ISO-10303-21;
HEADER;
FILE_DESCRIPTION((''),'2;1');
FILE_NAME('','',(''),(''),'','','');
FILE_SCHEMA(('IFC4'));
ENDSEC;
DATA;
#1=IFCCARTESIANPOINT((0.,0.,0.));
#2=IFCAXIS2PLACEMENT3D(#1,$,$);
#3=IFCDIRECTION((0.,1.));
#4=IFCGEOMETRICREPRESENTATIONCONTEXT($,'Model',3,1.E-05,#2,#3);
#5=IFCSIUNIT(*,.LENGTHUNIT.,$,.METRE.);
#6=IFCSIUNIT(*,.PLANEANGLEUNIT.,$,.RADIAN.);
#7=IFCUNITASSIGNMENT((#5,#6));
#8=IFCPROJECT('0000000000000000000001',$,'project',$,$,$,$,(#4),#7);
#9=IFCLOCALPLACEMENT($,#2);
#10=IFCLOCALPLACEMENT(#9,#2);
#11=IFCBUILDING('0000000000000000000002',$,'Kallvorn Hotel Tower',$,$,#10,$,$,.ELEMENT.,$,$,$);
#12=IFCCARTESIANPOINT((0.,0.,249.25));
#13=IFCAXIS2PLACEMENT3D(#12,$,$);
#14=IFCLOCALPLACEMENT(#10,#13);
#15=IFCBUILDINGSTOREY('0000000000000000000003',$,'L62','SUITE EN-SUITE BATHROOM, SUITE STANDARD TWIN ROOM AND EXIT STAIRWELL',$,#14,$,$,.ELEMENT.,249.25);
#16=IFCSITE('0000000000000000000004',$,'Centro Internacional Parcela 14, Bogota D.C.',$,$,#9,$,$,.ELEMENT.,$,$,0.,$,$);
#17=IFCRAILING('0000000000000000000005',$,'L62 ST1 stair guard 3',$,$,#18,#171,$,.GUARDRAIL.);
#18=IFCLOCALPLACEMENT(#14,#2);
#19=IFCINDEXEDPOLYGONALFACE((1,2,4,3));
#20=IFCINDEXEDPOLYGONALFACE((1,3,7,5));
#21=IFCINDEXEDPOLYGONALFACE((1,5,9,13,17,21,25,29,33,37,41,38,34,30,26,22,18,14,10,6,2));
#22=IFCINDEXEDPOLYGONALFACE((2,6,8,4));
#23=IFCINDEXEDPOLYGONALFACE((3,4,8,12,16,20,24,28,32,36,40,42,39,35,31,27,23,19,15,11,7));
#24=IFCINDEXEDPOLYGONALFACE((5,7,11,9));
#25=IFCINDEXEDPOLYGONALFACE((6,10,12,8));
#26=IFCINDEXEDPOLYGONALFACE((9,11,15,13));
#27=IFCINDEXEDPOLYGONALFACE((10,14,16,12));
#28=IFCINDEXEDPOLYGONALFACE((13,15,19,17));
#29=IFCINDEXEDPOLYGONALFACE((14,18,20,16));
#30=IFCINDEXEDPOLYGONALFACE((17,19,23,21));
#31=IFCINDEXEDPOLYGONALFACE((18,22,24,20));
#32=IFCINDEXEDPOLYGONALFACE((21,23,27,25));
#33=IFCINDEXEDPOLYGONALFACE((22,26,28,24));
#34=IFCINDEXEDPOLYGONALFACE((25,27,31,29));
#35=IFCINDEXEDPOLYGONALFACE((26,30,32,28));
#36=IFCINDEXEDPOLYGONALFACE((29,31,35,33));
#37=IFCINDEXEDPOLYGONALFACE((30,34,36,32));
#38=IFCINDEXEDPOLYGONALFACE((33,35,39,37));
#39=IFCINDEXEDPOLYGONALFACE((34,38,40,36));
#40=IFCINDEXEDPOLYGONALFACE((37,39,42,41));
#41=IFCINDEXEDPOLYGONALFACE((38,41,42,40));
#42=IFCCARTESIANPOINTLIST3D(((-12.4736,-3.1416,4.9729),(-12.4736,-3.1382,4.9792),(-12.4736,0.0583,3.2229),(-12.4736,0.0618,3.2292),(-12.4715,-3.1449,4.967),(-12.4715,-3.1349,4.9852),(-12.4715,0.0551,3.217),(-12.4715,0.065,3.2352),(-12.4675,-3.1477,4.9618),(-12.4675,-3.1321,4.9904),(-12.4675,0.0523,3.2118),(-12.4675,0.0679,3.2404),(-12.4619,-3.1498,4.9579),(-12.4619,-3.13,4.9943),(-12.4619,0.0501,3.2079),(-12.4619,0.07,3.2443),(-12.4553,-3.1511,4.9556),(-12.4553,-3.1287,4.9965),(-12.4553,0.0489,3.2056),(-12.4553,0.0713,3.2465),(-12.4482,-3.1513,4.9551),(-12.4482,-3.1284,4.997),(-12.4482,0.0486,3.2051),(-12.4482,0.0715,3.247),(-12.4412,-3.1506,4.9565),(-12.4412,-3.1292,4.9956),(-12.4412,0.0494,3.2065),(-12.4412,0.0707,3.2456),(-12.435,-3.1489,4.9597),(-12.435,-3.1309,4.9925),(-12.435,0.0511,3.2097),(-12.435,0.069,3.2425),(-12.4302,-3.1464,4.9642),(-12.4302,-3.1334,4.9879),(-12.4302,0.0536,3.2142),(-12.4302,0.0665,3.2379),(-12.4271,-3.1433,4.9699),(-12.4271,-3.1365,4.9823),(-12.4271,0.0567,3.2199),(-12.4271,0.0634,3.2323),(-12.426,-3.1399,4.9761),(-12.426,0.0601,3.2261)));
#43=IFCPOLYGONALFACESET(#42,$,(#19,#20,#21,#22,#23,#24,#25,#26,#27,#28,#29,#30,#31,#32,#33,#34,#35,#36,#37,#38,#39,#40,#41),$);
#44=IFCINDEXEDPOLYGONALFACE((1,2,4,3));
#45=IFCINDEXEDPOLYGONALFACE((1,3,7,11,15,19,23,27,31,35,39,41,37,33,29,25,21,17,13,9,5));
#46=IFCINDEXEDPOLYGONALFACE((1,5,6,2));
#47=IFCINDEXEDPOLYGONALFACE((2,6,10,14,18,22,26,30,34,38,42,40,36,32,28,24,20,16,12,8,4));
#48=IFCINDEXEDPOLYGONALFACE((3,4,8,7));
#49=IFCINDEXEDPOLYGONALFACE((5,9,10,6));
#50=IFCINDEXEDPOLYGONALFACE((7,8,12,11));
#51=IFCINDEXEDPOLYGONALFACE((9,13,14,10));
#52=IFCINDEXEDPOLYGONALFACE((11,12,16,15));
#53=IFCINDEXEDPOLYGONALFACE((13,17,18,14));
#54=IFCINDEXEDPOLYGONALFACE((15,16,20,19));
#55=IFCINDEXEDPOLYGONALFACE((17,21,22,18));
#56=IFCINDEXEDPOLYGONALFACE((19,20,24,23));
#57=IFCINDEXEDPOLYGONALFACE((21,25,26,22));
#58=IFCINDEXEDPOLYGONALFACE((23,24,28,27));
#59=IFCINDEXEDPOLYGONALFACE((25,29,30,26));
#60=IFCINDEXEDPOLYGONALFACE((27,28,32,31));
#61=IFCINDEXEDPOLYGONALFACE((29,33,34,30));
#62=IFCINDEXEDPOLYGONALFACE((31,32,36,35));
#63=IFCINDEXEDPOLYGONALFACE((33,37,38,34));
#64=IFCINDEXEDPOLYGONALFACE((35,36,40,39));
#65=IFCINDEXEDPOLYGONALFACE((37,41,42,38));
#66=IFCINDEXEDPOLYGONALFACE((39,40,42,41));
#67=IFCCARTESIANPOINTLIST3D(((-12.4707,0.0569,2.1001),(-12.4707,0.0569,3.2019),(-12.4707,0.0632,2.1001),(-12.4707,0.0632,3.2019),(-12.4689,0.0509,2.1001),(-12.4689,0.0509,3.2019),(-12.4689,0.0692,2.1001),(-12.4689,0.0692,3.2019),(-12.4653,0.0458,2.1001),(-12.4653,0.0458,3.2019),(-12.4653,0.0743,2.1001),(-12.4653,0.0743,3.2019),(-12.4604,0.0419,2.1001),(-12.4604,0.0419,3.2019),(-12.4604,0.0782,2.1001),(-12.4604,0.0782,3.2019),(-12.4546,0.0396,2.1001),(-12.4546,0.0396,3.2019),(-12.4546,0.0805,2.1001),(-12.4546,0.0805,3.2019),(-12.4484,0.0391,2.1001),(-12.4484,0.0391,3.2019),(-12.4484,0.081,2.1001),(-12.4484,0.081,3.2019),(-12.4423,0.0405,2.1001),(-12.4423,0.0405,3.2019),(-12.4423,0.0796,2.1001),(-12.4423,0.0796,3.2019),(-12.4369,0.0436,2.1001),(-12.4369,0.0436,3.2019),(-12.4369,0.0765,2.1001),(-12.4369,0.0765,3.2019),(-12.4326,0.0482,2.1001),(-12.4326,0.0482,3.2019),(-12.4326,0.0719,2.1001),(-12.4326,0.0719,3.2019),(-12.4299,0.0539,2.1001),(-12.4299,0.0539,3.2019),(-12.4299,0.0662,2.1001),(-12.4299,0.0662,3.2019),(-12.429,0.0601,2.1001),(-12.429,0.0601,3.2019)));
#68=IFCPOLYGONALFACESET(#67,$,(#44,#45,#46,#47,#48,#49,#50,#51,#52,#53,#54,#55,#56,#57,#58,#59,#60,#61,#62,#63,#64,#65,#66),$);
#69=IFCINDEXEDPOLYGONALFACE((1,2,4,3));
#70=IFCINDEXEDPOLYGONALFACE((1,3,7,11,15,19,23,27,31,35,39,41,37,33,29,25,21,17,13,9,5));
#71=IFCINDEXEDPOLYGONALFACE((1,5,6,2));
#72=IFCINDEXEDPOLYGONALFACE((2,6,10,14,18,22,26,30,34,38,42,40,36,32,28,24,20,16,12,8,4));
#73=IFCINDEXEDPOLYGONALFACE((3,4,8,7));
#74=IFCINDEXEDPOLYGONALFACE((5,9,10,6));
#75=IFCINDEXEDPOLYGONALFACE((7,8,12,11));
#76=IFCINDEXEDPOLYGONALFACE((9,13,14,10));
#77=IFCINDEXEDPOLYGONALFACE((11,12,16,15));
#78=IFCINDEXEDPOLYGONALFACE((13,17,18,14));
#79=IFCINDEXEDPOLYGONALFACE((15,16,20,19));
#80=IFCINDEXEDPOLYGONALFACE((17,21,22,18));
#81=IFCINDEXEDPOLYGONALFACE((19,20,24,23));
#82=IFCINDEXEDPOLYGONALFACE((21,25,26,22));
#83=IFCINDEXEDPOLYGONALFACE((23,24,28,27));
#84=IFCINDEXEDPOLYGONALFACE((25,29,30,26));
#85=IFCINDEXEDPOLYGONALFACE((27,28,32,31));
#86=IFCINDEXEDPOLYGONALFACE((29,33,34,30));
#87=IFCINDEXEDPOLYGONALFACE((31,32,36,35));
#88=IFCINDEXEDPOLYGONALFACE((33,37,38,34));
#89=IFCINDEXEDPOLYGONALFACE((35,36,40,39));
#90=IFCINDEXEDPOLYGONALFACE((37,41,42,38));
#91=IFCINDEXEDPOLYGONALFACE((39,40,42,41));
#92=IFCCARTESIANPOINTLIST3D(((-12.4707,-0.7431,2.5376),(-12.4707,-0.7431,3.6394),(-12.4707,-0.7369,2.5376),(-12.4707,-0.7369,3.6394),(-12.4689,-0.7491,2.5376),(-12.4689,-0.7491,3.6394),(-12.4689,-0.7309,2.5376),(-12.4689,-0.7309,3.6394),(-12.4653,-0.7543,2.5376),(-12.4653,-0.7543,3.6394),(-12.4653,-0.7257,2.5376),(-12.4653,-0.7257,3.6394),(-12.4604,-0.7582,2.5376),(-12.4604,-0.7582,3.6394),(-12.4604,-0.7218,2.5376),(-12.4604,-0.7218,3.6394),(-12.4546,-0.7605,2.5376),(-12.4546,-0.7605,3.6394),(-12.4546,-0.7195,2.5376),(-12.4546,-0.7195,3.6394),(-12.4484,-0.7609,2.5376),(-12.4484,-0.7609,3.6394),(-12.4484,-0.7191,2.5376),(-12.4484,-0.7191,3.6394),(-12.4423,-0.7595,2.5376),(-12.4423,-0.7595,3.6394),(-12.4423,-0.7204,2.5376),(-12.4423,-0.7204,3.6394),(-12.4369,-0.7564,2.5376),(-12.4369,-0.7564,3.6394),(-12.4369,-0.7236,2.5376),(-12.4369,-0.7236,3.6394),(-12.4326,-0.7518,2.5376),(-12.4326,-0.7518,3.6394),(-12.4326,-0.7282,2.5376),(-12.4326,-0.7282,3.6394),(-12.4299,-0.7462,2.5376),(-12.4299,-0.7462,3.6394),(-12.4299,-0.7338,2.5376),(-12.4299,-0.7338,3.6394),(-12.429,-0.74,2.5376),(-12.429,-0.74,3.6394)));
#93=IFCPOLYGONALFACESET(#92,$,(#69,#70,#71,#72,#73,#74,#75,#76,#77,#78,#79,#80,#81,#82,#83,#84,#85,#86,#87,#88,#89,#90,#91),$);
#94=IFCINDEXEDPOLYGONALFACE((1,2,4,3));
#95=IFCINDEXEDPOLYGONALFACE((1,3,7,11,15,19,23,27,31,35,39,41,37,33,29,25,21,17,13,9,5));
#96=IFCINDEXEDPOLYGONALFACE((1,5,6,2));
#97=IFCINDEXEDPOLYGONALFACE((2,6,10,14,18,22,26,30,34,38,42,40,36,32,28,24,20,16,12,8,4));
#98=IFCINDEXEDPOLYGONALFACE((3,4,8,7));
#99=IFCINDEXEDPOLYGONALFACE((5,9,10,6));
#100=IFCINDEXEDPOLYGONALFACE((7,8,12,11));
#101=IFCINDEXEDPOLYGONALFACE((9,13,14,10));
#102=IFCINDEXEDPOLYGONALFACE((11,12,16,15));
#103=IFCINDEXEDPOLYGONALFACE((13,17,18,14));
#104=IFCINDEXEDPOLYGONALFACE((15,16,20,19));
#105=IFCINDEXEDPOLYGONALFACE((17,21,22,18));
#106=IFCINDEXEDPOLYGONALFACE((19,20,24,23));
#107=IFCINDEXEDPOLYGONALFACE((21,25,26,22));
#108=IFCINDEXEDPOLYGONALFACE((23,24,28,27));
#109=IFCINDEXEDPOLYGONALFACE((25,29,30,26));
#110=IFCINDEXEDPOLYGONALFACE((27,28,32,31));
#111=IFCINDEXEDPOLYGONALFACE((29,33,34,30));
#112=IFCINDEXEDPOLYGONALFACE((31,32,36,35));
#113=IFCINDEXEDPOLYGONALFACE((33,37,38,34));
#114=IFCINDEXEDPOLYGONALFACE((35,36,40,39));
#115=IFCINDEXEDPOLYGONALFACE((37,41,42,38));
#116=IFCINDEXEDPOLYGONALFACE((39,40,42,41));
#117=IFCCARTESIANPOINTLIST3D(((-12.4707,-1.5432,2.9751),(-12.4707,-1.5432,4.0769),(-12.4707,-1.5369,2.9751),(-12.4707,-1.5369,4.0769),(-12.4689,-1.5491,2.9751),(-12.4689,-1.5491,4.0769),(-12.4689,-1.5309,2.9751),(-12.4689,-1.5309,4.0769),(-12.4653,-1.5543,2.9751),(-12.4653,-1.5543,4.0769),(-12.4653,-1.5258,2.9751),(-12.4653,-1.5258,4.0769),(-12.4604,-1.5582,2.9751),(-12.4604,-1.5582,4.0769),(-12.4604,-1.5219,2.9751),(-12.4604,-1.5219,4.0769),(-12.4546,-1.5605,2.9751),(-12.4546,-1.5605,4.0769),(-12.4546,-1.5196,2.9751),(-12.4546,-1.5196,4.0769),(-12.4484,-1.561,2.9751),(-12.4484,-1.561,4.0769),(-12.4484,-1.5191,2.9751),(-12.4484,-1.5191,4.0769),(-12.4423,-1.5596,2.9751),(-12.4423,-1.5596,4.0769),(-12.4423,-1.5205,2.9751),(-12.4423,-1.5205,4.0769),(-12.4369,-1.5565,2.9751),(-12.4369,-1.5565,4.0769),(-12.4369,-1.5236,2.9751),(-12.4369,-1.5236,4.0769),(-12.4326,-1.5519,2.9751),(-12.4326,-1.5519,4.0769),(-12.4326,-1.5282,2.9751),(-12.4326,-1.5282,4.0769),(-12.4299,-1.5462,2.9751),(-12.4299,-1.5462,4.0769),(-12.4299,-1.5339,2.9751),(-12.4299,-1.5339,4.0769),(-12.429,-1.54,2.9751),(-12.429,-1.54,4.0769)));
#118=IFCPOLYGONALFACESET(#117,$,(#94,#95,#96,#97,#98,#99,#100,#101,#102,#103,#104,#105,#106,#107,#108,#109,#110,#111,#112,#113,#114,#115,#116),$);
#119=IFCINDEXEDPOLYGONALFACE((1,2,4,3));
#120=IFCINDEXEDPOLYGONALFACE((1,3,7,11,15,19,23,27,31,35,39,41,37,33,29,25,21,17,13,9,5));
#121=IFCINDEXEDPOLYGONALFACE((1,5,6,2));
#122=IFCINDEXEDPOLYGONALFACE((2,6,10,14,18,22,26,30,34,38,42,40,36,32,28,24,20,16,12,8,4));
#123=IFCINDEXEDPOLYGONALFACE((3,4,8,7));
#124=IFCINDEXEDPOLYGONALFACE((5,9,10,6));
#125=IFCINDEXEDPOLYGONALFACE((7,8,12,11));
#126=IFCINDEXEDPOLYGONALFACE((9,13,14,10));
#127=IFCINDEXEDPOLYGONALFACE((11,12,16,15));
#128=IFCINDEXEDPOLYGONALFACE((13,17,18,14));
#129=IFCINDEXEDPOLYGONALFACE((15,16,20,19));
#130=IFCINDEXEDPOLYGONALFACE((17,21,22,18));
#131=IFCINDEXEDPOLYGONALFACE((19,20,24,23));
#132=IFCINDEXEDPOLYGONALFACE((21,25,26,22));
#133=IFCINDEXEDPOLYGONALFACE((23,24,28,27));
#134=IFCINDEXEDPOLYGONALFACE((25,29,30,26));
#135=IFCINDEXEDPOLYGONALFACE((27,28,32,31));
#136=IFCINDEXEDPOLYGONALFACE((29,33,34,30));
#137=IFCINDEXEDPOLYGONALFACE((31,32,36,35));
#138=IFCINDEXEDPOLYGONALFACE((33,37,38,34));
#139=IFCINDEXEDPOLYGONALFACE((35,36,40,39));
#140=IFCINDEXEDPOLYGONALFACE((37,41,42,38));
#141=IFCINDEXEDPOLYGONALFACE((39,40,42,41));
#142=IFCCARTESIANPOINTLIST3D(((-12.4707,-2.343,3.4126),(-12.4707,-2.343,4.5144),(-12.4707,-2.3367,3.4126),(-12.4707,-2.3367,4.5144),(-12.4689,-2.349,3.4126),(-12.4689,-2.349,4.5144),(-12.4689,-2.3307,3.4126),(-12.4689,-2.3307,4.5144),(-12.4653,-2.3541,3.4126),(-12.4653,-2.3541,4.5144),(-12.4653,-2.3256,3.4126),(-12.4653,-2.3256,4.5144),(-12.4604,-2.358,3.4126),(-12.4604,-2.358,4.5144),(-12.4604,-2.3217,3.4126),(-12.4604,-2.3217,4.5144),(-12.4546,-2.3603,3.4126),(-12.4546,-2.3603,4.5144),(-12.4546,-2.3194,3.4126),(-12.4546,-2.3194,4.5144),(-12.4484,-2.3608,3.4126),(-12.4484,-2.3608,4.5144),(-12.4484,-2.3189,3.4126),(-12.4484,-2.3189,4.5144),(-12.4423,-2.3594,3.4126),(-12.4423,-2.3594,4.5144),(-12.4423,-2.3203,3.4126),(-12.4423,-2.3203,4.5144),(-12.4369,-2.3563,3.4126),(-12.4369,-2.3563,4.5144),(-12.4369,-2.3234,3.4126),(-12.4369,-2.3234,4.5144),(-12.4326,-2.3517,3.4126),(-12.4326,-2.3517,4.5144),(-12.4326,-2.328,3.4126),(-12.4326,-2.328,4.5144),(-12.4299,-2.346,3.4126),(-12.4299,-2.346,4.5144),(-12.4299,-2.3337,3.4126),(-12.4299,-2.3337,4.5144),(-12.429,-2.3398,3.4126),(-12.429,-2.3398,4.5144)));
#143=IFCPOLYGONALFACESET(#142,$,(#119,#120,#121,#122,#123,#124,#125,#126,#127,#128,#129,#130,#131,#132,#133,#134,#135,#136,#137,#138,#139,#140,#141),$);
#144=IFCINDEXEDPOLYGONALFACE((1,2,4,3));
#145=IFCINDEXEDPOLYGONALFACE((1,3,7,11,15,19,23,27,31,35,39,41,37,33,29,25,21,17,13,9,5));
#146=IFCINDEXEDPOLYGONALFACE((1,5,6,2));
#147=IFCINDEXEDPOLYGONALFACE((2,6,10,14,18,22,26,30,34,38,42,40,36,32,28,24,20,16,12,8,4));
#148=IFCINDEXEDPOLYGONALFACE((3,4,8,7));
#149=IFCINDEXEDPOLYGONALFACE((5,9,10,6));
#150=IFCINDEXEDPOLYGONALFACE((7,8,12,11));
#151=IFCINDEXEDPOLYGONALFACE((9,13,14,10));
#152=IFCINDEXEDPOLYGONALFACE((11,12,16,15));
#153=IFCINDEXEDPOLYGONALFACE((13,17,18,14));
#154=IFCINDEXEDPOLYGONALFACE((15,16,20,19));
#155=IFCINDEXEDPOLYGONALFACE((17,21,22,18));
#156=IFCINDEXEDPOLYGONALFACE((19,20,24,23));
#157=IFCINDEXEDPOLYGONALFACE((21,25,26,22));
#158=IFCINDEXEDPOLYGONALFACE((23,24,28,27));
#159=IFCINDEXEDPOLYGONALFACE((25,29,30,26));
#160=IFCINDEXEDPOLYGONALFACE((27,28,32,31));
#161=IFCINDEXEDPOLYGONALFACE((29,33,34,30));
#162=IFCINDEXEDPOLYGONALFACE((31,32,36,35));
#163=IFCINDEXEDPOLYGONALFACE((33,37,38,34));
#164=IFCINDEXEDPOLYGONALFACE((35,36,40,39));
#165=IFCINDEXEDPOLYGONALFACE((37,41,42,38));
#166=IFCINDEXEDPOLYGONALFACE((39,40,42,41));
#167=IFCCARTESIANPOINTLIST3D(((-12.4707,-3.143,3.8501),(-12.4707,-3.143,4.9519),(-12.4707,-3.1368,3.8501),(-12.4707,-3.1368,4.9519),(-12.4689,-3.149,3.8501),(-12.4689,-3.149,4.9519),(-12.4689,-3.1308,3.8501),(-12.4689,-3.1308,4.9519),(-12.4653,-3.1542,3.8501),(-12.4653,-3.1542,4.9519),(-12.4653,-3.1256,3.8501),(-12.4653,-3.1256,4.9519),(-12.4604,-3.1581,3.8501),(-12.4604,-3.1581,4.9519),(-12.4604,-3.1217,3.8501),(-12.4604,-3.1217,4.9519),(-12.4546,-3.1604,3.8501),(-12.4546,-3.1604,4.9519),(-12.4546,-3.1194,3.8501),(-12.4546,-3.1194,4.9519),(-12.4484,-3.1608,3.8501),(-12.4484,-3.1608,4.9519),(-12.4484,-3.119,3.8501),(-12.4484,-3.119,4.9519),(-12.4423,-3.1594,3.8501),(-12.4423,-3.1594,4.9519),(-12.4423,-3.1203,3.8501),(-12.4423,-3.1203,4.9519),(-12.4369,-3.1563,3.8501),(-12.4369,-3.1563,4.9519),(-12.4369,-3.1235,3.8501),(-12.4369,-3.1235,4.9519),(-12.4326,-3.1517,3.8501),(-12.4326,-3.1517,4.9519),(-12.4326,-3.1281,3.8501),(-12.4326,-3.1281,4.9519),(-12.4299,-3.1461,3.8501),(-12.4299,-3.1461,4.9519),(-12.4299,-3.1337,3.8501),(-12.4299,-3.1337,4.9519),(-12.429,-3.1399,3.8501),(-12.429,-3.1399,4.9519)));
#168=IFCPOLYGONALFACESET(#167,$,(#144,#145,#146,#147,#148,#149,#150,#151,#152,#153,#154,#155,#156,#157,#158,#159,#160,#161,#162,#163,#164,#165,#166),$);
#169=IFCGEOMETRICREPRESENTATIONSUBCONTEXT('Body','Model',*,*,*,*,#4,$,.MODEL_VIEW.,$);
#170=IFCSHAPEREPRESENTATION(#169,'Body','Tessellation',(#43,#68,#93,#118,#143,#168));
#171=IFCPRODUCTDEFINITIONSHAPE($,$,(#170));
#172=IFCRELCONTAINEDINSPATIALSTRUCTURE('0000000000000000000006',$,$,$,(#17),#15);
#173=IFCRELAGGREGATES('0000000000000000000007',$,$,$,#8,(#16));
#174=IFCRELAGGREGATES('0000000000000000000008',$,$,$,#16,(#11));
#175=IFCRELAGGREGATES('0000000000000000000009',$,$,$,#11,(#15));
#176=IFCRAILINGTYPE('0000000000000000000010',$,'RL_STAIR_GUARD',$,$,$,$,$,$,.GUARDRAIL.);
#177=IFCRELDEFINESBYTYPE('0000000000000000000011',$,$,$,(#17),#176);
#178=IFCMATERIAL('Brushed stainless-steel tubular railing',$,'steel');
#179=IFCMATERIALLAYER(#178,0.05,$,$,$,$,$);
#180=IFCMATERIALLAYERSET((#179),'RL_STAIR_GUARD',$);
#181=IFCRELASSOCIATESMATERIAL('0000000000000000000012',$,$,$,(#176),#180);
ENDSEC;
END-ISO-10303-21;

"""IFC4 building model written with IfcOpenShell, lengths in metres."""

from ifc_helpers import new_model, si_unit, direction, frame, origin, origin_2d, place, context, subcontext, project, spatial, circle, extrude, material, layer, layer_set, type_object, element, save


model = new_model("IFC4")

# Units and contexts
model_context = context("Model", 3, precision=1e-05, world=origin(), true_north=direction((0.0, 1.0)))
body_context = subcontext(model_context, "Body", "Model", "MODEL_VIEW")
ifc_project = project(units=[si_unit("LENGTHUNIT", "METRE"), si_unit("PLANEANGLEUNIT", "RADIAN")], contexts=[model_context])

# Site, building, storey
site_placement = place(None, origin())
site = spatial("IfcSite", under=ifc_project, at=site_placement, Name="Centro Internacional Parcela 14, Bogota D.C.", CompositionType="ELEMENT", RefElevation=0.0)
building_placement = place(site_placement, origin())
building = spatial("IfcBuilding", under=site, at=building_placement, Name="Kallvorn Hotel Tower", CompositionType="ELEMENT")
storey_placement = place(building_placement, frame((0.0, 0.0, 249.25)))
storey = spatial("IfcBuildingStorey", under=building, at=storey_placement, Name="L62", Description="SUITE EN-SUITE BATHROOM, SUITE STANDARD TWIN ROOM AND EXIT STAIRWELL", CompositionType="ELEMENT", Elevation=249.25)

# Railing
ifc_material_1 = material(Name="Brushed stainless-steel tubular railing", Category="steel")
ifc_layer_1 = layer(ifc_material_1, 0.05)
ifc_layer_set_1 = layer_set([ifc_layer_1], Name="RL_STAIR_GUARD")
railing_type_1 = type_object("IfcRailingType", Name="RL_STAIR_GUARD", PredefinedType="GUARDRAIL", material=ifc_layer_set_1)
railing_1_placement = place(storey_placement, frame((-12.45, 0.0601, 2.1001)))
element("IfcRailing", 1, at=railing_1_placement, inside=storey, type_object=railing_type_1, Name="L62 ST1 stair guard 3", PredefinedType="GUARDRAIL", context=body_context, shape_type="SweptSolid", body=[
    extrude(circle(Radius=0.0239, at=origin_2d()), frame((0.0, 0.0, 1.126), z_axis=(0.0, -0.877368, 0.479818), x_axis=(1.0, 0.0, 0.0)), (0.0, 0.0, 1.0), 3.6472),
    extrude(circle(Radius=0.021, at=origin_2d()), origin(), (0.0, 0.0, 1.0), 1.1018),
    extrude(circle(Radius=0.021, at=origin_2d()), frame((0.0, -0.8, 0.4375)), (0.0, 0.0, 1.0), 1.1018),
    extrude(circle(Radius=0.021, at=origin_2d()), frame((0.0, -1.6001, 0.875)), (0.0, 0.0, 1.0), 1.1018),
    extrude(circle(Radius=0.021, at=origin_2d()), frame((0.0, -2.3999, 1.3125)), (0.0, 0.0, 1.0), 1.1018),
    extrude(circle(Radius=0.021, at=origin_2d()), frame((0.0, -3.2, 1.75)), (0.0, 0.0, 1.0), 1.1018),
])

save(model, "model.ifc")
